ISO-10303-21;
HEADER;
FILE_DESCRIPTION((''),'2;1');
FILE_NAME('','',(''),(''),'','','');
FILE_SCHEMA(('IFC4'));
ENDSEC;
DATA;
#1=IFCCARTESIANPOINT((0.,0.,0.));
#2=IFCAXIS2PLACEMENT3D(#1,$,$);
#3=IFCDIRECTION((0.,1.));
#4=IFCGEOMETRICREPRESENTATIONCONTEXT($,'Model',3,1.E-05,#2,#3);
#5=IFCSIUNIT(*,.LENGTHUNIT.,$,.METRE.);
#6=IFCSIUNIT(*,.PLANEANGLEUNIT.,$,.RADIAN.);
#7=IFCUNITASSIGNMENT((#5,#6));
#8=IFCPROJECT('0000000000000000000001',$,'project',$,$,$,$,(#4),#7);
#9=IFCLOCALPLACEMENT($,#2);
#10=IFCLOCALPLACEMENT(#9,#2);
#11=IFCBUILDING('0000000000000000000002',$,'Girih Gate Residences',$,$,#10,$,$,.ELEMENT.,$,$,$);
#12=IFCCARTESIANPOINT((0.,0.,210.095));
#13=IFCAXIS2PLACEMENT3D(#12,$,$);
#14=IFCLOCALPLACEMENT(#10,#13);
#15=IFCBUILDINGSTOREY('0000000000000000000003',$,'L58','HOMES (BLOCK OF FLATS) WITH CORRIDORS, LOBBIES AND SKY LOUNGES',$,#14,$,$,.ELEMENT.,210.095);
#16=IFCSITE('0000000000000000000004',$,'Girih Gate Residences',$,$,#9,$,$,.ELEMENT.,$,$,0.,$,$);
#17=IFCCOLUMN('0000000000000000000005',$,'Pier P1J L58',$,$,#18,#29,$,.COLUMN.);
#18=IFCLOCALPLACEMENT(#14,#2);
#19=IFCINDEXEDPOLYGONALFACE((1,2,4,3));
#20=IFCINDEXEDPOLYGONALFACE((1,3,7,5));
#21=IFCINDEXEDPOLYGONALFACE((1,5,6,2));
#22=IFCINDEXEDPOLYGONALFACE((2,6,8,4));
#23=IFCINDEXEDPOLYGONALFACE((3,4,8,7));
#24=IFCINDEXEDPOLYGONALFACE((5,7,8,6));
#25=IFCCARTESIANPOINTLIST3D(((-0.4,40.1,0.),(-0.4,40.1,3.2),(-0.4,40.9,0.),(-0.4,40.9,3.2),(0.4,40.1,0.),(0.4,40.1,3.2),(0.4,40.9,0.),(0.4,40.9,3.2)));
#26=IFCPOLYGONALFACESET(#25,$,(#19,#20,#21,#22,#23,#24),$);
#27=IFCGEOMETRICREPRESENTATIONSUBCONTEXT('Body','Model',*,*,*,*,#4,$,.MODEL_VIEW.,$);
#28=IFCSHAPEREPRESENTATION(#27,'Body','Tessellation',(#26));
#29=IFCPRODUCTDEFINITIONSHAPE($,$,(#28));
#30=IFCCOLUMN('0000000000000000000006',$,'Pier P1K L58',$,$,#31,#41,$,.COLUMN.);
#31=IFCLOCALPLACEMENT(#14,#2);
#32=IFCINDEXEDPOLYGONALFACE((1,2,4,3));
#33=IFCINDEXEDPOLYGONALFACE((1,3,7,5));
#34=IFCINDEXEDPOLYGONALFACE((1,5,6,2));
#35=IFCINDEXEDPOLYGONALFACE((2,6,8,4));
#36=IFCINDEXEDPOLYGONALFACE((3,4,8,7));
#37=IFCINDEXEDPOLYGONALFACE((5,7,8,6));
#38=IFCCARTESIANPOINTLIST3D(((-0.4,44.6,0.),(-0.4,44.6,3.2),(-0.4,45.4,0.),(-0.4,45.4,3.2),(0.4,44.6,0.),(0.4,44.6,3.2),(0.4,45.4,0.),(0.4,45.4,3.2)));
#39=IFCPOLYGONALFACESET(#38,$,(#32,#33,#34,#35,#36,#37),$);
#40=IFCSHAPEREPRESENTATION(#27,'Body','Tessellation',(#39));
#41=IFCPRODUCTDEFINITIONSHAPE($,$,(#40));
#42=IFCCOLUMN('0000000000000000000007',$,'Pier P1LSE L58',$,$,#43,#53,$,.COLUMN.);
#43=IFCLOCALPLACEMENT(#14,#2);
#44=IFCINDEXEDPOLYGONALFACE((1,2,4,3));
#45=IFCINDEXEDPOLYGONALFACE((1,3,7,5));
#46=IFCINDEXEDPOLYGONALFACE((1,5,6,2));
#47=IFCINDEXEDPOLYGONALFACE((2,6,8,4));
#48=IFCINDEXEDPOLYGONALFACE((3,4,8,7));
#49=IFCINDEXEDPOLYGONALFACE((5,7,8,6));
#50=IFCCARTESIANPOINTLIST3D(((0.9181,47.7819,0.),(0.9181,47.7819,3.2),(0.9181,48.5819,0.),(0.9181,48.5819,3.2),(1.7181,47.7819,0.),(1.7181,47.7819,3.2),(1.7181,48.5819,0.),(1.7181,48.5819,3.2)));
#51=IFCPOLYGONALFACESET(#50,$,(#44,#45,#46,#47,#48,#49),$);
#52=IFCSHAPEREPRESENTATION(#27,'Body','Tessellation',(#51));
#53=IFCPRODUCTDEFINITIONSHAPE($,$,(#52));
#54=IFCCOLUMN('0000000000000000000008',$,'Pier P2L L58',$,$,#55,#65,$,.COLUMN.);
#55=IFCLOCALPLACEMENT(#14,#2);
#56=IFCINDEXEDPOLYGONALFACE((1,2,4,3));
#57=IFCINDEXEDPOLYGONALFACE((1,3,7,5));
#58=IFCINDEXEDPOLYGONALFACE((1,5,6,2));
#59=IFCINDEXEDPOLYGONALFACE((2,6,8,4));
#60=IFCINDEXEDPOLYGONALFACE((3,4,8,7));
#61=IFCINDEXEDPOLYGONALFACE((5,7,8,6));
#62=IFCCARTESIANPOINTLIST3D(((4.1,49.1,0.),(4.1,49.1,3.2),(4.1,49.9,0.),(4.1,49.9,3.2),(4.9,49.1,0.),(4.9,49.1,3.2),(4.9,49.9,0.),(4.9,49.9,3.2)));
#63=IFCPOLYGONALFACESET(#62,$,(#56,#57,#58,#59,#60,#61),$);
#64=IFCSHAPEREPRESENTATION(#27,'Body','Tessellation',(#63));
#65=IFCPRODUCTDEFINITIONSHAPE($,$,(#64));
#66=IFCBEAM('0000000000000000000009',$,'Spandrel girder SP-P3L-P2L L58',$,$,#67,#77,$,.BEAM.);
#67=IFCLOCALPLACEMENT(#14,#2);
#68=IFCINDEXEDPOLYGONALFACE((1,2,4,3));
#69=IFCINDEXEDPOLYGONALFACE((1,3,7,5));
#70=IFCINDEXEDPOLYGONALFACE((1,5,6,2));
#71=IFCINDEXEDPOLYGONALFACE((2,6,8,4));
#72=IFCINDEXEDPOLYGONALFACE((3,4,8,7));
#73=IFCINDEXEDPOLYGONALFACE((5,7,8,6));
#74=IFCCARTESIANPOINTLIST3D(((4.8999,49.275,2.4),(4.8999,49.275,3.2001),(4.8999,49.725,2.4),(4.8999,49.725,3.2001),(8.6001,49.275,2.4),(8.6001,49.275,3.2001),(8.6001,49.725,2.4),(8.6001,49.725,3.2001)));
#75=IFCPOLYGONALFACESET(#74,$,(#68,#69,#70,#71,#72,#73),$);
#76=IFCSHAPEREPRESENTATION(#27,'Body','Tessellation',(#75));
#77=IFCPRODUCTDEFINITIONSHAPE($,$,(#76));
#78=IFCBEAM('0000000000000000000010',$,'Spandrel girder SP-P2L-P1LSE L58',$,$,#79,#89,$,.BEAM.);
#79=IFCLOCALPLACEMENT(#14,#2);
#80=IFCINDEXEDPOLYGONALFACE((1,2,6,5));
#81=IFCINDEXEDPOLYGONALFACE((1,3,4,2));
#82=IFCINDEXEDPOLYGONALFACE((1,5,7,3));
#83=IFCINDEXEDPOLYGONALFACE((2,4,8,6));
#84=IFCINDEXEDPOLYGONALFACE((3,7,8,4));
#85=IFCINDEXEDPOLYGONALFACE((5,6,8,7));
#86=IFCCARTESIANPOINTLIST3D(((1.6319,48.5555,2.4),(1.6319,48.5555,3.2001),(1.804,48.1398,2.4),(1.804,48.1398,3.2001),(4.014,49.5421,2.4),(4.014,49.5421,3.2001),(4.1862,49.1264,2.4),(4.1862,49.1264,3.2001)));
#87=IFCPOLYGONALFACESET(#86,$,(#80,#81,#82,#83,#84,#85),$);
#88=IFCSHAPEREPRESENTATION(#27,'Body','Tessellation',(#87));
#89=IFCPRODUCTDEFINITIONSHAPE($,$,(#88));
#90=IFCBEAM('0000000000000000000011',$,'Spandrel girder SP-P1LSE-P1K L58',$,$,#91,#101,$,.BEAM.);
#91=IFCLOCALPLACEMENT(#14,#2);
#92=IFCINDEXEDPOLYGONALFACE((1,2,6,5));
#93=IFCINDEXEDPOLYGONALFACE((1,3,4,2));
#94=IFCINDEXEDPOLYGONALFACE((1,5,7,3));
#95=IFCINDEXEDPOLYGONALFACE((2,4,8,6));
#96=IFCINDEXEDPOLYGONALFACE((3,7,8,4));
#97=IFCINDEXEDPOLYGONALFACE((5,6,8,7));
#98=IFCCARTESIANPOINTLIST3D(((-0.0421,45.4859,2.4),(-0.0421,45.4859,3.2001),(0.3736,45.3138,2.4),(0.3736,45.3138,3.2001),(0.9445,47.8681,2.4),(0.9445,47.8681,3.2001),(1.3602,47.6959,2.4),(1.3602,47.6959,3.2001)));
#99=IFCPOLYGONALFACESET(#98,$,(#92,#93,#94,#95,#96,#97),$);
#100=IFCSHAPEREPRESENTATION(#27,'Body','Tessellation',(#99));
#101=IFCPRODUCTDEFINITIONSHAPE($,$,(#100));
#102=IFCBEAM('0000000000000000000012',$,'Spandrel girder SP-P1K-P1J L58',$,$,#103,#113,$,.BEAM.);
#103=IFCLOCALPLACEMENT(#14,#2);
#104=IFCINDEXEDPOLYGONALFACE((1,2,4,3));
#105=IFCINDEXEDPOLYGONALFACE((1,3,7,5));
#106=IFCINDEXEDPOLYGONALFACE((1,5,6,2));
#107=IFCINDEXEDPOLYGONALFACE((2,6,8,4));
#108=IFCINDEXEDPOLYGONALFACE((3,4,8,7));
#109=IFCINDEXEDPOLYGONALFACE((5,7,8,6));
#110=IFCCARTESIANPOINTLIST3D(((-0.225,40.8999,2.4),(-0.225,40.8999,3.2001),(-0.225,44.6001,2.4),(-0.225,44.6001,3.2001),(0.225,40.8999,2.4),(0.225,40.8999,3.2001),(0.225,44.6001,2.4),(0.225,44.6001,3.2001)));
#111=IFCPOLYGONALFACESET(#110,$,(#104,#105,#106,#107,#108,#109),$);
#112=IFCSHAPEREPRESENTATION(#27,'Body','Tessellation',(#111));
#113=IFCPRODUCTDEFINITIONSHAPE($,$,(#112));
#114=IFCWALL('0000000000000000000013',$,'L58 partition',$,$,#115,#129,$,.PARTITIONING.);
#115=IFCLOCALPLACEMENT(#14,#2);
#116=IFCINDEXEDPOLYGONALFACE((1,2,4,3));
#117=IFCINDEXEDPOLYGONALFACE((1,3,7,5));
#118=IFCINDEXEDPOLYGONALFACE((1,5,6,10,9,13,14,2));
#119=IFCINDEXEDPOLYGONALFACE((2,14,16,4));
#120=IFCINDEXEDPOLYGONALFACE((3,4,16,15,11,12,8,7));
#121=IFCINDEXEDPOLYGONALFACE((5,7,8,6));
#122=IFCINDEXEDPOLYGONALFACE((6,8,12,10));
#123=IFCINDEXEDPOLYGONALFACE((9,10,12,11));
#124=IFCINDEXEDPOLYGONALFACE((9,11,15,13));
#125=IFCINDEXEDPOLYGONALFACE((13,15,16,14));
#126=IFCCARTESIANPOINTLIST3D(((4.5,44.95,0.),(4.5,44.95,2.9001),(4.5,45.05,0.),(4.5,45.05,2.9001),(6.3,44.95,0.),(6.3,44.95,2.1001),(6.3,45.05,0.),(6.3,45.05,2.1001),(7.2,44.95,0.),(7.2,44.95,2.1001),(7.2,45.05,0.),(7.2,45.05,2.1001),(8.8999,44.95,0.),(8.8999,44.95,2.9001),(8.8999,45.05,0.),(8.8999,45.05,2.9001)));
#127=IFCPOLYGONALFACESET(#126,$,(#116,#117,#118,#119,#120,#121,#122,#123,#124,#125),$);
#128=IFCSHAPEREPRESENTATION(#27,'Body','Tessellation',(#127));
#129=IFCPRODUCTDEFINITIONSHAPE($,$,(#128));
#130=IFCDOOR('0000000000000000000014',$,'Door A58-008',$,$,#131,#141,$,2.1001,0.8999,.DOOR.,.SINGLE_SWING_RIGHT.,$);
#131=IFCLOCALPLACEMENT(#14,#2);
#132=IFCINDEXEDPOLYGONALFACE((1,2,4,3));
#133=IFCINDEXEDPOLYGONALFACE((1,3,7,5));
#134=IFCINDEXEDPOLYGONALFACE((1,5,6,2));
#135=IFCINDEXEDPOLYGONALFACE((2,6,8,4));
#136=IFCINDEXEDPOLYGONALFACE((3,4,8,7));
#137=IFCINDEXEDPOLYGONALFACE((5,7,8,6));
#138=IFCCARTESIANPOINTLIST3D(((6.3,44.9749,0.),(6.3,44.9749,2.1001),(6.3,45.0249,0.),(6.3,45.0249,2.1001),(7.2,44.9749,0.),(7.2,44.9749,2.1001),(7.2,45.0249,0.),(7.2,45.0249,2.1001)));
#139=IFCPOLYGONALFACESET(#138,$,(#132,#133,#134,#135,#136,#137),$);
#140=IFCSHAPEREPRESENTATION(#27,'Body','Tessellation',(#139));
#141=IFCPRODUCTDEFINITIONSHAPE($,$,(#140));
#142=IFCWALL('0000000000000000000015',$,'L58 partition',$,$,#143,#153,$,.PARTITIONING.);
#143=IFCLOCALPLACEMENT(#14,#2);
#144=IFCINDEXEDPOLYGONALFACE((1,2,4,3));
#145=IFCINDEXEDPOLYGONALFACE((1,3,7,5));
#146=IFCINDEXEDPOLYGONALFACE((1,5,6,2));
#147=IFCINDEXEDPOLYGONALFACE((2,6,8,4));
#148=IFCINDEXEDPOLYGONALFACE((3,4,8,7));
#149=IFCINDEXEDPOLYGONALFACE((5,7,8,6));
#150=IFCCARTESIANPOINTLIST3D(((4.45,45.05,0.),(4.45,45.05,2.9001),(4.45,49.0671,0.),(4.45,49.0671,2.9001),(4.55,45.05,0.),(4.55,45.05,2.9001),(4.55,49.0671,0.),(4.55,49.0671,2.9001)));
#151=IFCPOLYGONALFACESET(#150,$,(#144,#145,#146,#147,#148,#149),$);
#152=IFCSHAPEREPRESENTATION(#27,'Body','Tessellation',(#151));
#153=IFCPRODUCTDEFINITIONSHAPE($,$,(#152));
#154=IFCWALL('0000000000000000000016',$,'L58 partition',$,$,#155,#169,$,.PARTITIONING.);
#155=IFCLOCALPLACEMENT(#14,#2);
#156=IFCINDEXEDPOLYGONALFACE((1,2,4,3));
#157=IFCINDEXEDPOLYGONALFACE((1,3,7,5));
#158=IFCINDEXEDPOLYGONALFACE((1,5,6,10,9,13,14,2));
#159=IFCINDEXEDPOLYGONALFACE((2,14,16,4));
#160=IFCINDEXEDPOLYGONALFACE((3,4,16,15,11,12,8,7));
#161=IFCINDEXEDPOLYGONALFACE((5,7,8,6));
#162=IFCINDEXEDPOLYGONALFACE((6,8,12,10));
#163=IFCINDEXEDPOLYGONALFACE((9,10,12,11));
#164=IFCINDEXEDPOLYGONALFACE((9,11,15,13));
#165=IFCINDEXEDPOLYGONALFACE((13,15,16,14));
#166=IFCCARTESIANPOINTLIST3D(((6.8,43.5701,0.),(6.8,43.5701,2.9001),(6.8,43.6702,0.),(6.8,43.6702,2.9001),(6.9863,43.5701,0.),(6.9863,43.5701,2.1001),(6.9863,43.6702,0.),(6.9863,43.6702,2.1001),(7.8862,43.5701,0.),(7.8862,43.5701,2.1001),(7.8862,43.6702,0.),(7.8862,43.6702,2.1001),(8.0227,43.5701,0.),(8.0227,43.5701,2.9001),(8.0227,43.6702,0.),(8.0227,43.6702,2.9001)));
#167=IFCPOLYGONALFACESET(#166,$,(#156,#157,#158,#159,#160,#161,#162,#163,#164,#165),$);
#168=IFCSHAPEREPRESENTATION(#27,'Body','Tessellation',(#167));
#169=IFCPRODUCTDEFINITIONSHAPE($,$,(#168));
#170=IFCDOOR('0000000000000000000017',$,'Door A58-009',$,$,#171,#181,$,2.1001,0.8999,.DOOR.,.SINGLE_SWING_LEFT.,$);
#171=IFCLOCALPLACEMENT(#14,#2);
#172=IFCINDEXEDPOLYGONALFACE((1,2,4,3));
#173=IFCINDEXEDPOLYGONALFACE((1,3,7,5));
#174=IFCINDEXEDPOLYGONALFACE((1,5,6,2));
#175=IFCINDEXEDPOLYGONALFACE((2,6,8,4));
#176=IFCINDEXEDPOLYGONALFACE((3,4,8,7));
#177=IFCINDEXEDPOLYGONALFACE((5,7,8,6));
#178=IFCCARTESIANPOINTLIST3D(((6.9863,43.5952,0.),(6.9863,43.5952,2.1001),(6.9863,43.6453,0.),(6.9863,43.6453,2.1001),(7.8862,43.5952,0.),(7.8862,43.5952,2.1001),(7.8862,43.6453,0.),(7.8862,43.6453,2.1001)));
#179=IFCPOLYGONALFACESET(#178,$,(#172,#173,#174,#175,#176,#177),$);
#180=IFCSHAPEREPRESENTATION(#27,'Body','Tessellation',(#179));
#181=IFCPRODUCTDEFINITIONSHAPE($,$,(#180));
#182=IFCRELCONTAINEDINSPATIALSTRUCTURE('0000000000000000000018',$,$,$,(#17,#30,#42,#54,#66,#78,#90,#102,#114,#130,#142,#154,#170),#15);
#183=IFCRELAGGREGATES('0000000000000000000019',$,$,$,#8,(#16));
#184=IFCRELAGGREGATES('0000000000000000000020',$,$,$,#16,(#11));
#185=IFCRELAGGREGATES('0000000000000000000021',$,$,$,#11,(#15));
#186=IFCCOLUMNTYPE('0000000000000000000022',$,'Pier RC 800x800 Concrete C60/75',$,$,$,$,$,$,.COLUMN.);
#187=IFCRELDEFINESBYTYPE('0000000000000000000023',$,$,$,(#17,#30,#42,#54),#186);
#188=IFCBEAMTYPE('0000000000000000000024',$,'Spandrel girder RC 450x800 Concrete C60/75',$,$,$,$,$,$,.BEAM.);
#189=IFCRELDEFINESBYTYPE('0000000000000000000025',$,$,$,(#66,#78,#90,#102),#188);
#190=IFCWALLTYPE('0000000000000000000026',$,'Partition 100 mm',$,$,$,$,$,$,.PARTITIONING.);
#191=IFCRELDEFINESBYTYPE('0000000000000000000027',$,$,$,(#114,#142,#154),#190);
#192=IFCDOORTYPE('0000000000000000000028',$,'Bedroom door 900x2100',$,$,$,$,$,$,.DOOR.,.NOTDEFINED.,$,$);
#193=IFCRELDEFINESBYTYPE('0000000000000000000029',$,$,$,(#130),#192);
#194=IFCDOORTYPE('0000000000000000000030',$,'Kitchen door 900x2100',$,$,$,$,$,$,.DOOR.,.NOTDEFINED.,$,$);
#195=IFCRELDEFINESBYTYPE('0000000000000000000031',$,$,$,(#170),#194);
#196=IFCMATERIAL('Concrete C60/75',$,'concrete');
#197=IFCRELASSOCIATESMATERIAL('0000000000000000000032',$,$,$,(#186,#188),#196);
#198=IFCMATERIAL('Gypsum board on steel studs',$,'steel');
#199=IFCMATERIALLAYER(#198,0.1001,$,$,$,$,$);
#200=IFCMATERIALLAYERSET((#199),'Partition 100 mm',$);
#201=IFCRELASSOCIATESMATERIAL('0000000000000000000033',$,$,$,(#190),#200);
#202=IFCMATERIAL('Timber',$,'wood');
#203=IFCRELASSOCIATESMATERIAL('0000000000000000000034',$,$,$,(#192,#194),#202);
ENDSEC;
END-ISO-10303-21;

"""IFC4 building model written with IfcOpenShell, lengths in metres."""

from ifc_helpers import new_model, si_unit, direction, frame, frame_2d, origin, origin_2d, place, context, subcontext, project, spatial, rectangle, extrude, material, layer, layer_set, material_profile, profile_set, type_object, element, fill, save


model = new_model("IFC4")

# Units and contexts
model_context = context("Model", 3, precision=1e-05, world=origin(), true_north=direction((0.0, 1.0)))
body_context = subcontext(model_context, "Body", "Model", "MODEL_VIEW")
ifc_project = project(units=[si_unit("LENGTHUNIT", "METRE"), si_unit("PLANEANGLEUNIT", "RADIAN")], contexts=[model_context])

# Site, building, storey
site_placement = place(None, origin())
site = spatial("IfcSite", under=ifc_project, at=site_placement, Name="Girih Gate Residences", CompositionType="ELEMENT", RefElevation=0.0)
building_placement = place(site_placement, origin())
building = spatial("IfcBuilding", under=site, at=building_placement, Name="Girih Gate Residences", CompositionType="ELEMENT")
storey_placement = place(building_placement, frame((0.0, 0.0, 210.095)))
storey = spatial("IfcBuildingStorey", under=building, at=storey_placement, Name="L58", Description="HOMES (BLOCK OF FLATS) WITH CORRIDORS, LOBBIES AND SKY LOUNGES", CompositionType="ELEMENT", Elevation=210.095)

# Columns
ifc_material_1 = material(Name="Concrete C60/75", Category="concrete")
ifc_material_profile_1 = material_profile(ifc_material_1, rectangle(XDim=0.8, YDim=0.8, at=origin_2d()))
ifc_profile_set_1 = profile_set([ifc_material_profile_1], Name="Concrete C60/75")
column_type = type_object("IfcColumnType", Name="Pier RC 800x800 Concrete C60/75", PredefinedType="COLUMN", material=ifc_profile_set_1)
for number, where, z_axis, x_axis, name in (
    (1, (0.0, 40.5, 0.0), (0.0, 0.0, 1.0), (1.0, 0.0, 0.0), "Pier P1J L58"),
    (2, (0.0, 45.0, 0.0), (0.0, 0.0, 1.0), (1.0, 0.0, 0.0), "Pier P1K L58"),
    (3, (1.3181, 48.1819, 0.0), (0.0, 0.0, 1.0), (1.0, 0.0, 0.0), "Pier P1LSE L58"),
    (4, (4.5, 49.5, 0.0), (0.0, 0.0, 1.0), (1.0, 0.0, 0.0), "Pier P2L L58"),
):
    element("IfcColumn", number, at=place(storey_placement, frame(where, z_axis=z_axis, x_axis=x_axis)), inside=storey, type_object=column_type, Name=name, PredefinedType="COLUMN", context=body_context, shape_type="SweptSolid", body=[
        extrude(rectangle(XDim=0.8, YDim=0.8, at=origin_2d()), origin(), (0.0, 0.0, 1.0), 3.2),
    ])

# Beams
ifc_material_profile_2 = material_profile(ifc_material_1, rectangle(XDim=0.45, YDim=0.8, at=origin_2d()))
ifc_profile_set_2 = profile_set([ifc_material_profile_2], Name="Concrete C60/75")
beam_type = type_object("IfcBeamType", Name="Spandrel girder RC 450x800 Concrete C60/75", PredefinedType="BEAM", material=ifc_profile_set_2)
beam_1_placement = place(storey_placement, frame((8.6001, 49.5, 2.8), z_axis=(-1.0, 0.0, 0.0), x_axis=(0.0, -1.0, 0.0)))
element("IfcBeam", 5, at=beam_1_placement, inside=storey, type_object=beam_type, Name="Spandrel girder SP-P3L-P2L L58", PredefinedType="BEAM", context=body_context, shape_type="SweptSolid", body=[
    extrude(rectangle(XDim=0.45, YDim=0.8, at=origin_2d()), origin(), (0.0, 0.0, 1.0), 3.7002),
])
for number, where, z_axis, x_axis, name in (
    (6, (4.1001, 49.3342, 2.8), (-0.923896, -0.382644, 0.0), (0.382644, -0.923896, 0.0), "Spandrel girder SP-P2L-P1LSE L58"),
    (7, (1.1523, 47.782, 2.8), (-0.382644, -0.923896, 0.0), (0.923896, -0.382644, 0.0), "Spandrel girder SP-P1LSE-P1K L58"),
):
    element("IfcBeam", number, at=place(storey_placement, frame(where, z_axis=z_axis, x_axis=x_axis)), inside=storey, type_object=beam_type, Name=name, PredefinedType="BEAM", context=body_context, shape_type="SweptSolid", body=[
        extrude(rectangle(XDim=0.45, YDim=0.8, at=origin_2d()), origin(), (0.0, 0.0, 1.0), 2.5784),
    ])
beam_2_placement = place(storey_placement, frame((0.0, 44.6001, 2.8), z_axis=(0.0, -1.0, 0.0), x_axis=(1.0, 0.0, 0.0)))
element("IfcBeam", 8, at=beam_2_placement, inside=storey, type_object=beam_type, Name="Spandrel girder SP-P1K-P1J L58", PredefinedType="BEAM", context=body_context, shape_type="SweptSolid", body=[
    extrude(rectangle(XDim=0.45, YDim=0.8, at=origin_2d()), origin(), (0.0, 0.0, 1.0), 3.7002),
])

# Wall, opening, door
ifc_material_2 = material(Name="Gypsum board on steel studs", Category="steel")
ifc_layer_1 = layer(ifc_material_2, 0.1001)
ifc_layer_set_1 = layer_set([ifc_layer_1], Name="Partition 100 mm")
wall_type_1 = type_object("IfcWallType", Name="Partition 100 mm", PredefinedType="PARTITIONING", material=ifc_layer_set_1)
wall_1_placement = place(storey_placement, frame((4.5, 45.0, 0.0), z_axis=(0.0, 0.0, 1.0), x_axis=(1.0, 0.0, 0.0)))
wall_1 = element("IfcWall", 9, at=wall_1_placement, inside=storey, type_object=wall_type_1, Name="L58 partition", PredefinedType="PARTITIONING", context=body_context, shape_type="SweptSolid", body=[
    extrude(rectangle(XDim=4.3999, YDim=0.1001, at=frame_2d((2.2, 0.0))), origin(), (0.0, 0.0, 1.0), 2.9001),
])
opening_1_placement = place(wall_1_placement, frame((1.8, 0.0, 0.0)))
opening_1 = element("IfcOpeningElement", 10, at=opening_1_placement, cuts=wall_1, PredefinedType="OPENING", context=body_context, shape_type="SweptSolid", body=[
    extrude(rectangle(XDim=0.8999, YDim=2.1001, at=frame_2d((0.45, 1.05))), frame((0.0, 0.0601, 0.0), z_axis=(0.0, -1.0, 0.0), x_axis=(1.0, 0.0, 0.0)), (0.0, 0.0, 1.0), 0.1201),
])
ifc_material_3 = material(Name="Timber", Category="wood")
door_type_1 = type_object("IfcDoorType", Name="Bedroom door 900x2100", OperationType="NOTDEFINED", PredefinedType="DOOR", material=ifc_material_3)
door_1_placement = place(opening_1_placement, origin())
door_1 = element("IfcDoor", 11, at=door_1_placement, inside=storey, type_object=door_type_1, Name="Door A58-008", OperationType="SINGLE_SWING_RIGHT", OverallHeight=2.1001, OverallWidth=0.8999, PredefinedType="DOOR", context=body_context, shape_type="SweptSolid", body=[
    extrude(rectangle(XDim=0.8999, YDim=2.1001, at=frame_2d((0.45, 1.05))), frame((0.0, 0.0249, 0.0), z_axis=(0.0, -1.0, 0.0), x_axis=(1.0, 0.0, 0.0)), (0.0, 0.0, 1.0), 0.05),
])
fill(opening_1, door_1)

# Wall
wall_2_placement = place(storey_placement, frame((4.5, 45.05, 0.0), z_axis=(0.0, 0.0, 1.0), x_axis=(0.0, 1.0, 0.0)))
element("IfcWall", 12, at=wall_2_placement, inside=storey, type_object=wall_type_1, Name="L58 partition", PredefinedType="PARTITIONING", context=body_context, shape_type="SweptSolid", body=[
    extrude(rectangle(XDim=4.0171, YDim=0.1001, at=frame_2d((2.0085, 0.0))), origin(), (0.0, 0.0, 1.0), 2.9001),
])

# Wall, opening, door
wall_3_placement = place(storey_placement, frame((8.0227, 43.6201, 0.0), z_axis=(0.0, 0.0, 1.0), x_axis=(-1.0, 0.0, 0.0)))
wall_3 = element("IfcWall", 13, at=wall_3_placement, inside=storey, type_object=wall_type_1, Name="L58 partition", PredefinedType="PARTITIONING", context=body_context, shape_type="SweptSolid", body=[
    extrude(rectangle(XDim=1.2227, YDim=0.1001, at=frame_2d((0.6113, 0.0))), origin(), (0.0, 0.0, 1.0), 2.9001),
])
opening_2_placement = place(wall_3_placement, frame((0.1365, 0.0, 0.0)))
opening_2 = element("IfcOpeningElement", 14, at=opening_2_placement, cuts=wall_3, PredefinedType="OPENING", context=body_context, shape_type="SweptSolid", body=[
    extrude(rectangle(XDim=0.8999, YDim=2.1001, at=frame_2d((0.45, 1.05))), frame((0.0, 0.0601, 0.0), z_axis=(0.0, -1.0, 0.0), x_axis=(1.0, 0.0, 0.0)), (0.0, 0.0, 1.0), 0.1201),
])
door_type_2 = type_object("IfcDoorType", Name="Kitchen door 900x2100", OperationType="NOTDEFINED", PredefinedType="DOOR", material=ifc_material_3)
door_2_placement = place(opening_2_placement, origin())
door_2 = element("IfcDoor", 15, at=door_2_placement, inside=storey, type_object=door_type_2, Name="Door A58-009", OperationType="SINGLE_SWING_LEFT", OverallHeight=2.1001, OverallWidth=0.8999, PredefinedType="DOOR", context=body_context, shape_type="SweptSolid", body=[
    extrude(rectangle(XDim=0.8999, YDim=2.1001, at=frame_2d((0.45, 1.05))), frame((0.0, 0.0249, 0.0), z_axis=(0.0, -1.0, 0.0), x_axis=(1.0, 0.0, 0.0)), (0.0, 0.0, 1.0), 0.05),
])
fill(opening_2, door_2)

save(model, "model.ifc")
